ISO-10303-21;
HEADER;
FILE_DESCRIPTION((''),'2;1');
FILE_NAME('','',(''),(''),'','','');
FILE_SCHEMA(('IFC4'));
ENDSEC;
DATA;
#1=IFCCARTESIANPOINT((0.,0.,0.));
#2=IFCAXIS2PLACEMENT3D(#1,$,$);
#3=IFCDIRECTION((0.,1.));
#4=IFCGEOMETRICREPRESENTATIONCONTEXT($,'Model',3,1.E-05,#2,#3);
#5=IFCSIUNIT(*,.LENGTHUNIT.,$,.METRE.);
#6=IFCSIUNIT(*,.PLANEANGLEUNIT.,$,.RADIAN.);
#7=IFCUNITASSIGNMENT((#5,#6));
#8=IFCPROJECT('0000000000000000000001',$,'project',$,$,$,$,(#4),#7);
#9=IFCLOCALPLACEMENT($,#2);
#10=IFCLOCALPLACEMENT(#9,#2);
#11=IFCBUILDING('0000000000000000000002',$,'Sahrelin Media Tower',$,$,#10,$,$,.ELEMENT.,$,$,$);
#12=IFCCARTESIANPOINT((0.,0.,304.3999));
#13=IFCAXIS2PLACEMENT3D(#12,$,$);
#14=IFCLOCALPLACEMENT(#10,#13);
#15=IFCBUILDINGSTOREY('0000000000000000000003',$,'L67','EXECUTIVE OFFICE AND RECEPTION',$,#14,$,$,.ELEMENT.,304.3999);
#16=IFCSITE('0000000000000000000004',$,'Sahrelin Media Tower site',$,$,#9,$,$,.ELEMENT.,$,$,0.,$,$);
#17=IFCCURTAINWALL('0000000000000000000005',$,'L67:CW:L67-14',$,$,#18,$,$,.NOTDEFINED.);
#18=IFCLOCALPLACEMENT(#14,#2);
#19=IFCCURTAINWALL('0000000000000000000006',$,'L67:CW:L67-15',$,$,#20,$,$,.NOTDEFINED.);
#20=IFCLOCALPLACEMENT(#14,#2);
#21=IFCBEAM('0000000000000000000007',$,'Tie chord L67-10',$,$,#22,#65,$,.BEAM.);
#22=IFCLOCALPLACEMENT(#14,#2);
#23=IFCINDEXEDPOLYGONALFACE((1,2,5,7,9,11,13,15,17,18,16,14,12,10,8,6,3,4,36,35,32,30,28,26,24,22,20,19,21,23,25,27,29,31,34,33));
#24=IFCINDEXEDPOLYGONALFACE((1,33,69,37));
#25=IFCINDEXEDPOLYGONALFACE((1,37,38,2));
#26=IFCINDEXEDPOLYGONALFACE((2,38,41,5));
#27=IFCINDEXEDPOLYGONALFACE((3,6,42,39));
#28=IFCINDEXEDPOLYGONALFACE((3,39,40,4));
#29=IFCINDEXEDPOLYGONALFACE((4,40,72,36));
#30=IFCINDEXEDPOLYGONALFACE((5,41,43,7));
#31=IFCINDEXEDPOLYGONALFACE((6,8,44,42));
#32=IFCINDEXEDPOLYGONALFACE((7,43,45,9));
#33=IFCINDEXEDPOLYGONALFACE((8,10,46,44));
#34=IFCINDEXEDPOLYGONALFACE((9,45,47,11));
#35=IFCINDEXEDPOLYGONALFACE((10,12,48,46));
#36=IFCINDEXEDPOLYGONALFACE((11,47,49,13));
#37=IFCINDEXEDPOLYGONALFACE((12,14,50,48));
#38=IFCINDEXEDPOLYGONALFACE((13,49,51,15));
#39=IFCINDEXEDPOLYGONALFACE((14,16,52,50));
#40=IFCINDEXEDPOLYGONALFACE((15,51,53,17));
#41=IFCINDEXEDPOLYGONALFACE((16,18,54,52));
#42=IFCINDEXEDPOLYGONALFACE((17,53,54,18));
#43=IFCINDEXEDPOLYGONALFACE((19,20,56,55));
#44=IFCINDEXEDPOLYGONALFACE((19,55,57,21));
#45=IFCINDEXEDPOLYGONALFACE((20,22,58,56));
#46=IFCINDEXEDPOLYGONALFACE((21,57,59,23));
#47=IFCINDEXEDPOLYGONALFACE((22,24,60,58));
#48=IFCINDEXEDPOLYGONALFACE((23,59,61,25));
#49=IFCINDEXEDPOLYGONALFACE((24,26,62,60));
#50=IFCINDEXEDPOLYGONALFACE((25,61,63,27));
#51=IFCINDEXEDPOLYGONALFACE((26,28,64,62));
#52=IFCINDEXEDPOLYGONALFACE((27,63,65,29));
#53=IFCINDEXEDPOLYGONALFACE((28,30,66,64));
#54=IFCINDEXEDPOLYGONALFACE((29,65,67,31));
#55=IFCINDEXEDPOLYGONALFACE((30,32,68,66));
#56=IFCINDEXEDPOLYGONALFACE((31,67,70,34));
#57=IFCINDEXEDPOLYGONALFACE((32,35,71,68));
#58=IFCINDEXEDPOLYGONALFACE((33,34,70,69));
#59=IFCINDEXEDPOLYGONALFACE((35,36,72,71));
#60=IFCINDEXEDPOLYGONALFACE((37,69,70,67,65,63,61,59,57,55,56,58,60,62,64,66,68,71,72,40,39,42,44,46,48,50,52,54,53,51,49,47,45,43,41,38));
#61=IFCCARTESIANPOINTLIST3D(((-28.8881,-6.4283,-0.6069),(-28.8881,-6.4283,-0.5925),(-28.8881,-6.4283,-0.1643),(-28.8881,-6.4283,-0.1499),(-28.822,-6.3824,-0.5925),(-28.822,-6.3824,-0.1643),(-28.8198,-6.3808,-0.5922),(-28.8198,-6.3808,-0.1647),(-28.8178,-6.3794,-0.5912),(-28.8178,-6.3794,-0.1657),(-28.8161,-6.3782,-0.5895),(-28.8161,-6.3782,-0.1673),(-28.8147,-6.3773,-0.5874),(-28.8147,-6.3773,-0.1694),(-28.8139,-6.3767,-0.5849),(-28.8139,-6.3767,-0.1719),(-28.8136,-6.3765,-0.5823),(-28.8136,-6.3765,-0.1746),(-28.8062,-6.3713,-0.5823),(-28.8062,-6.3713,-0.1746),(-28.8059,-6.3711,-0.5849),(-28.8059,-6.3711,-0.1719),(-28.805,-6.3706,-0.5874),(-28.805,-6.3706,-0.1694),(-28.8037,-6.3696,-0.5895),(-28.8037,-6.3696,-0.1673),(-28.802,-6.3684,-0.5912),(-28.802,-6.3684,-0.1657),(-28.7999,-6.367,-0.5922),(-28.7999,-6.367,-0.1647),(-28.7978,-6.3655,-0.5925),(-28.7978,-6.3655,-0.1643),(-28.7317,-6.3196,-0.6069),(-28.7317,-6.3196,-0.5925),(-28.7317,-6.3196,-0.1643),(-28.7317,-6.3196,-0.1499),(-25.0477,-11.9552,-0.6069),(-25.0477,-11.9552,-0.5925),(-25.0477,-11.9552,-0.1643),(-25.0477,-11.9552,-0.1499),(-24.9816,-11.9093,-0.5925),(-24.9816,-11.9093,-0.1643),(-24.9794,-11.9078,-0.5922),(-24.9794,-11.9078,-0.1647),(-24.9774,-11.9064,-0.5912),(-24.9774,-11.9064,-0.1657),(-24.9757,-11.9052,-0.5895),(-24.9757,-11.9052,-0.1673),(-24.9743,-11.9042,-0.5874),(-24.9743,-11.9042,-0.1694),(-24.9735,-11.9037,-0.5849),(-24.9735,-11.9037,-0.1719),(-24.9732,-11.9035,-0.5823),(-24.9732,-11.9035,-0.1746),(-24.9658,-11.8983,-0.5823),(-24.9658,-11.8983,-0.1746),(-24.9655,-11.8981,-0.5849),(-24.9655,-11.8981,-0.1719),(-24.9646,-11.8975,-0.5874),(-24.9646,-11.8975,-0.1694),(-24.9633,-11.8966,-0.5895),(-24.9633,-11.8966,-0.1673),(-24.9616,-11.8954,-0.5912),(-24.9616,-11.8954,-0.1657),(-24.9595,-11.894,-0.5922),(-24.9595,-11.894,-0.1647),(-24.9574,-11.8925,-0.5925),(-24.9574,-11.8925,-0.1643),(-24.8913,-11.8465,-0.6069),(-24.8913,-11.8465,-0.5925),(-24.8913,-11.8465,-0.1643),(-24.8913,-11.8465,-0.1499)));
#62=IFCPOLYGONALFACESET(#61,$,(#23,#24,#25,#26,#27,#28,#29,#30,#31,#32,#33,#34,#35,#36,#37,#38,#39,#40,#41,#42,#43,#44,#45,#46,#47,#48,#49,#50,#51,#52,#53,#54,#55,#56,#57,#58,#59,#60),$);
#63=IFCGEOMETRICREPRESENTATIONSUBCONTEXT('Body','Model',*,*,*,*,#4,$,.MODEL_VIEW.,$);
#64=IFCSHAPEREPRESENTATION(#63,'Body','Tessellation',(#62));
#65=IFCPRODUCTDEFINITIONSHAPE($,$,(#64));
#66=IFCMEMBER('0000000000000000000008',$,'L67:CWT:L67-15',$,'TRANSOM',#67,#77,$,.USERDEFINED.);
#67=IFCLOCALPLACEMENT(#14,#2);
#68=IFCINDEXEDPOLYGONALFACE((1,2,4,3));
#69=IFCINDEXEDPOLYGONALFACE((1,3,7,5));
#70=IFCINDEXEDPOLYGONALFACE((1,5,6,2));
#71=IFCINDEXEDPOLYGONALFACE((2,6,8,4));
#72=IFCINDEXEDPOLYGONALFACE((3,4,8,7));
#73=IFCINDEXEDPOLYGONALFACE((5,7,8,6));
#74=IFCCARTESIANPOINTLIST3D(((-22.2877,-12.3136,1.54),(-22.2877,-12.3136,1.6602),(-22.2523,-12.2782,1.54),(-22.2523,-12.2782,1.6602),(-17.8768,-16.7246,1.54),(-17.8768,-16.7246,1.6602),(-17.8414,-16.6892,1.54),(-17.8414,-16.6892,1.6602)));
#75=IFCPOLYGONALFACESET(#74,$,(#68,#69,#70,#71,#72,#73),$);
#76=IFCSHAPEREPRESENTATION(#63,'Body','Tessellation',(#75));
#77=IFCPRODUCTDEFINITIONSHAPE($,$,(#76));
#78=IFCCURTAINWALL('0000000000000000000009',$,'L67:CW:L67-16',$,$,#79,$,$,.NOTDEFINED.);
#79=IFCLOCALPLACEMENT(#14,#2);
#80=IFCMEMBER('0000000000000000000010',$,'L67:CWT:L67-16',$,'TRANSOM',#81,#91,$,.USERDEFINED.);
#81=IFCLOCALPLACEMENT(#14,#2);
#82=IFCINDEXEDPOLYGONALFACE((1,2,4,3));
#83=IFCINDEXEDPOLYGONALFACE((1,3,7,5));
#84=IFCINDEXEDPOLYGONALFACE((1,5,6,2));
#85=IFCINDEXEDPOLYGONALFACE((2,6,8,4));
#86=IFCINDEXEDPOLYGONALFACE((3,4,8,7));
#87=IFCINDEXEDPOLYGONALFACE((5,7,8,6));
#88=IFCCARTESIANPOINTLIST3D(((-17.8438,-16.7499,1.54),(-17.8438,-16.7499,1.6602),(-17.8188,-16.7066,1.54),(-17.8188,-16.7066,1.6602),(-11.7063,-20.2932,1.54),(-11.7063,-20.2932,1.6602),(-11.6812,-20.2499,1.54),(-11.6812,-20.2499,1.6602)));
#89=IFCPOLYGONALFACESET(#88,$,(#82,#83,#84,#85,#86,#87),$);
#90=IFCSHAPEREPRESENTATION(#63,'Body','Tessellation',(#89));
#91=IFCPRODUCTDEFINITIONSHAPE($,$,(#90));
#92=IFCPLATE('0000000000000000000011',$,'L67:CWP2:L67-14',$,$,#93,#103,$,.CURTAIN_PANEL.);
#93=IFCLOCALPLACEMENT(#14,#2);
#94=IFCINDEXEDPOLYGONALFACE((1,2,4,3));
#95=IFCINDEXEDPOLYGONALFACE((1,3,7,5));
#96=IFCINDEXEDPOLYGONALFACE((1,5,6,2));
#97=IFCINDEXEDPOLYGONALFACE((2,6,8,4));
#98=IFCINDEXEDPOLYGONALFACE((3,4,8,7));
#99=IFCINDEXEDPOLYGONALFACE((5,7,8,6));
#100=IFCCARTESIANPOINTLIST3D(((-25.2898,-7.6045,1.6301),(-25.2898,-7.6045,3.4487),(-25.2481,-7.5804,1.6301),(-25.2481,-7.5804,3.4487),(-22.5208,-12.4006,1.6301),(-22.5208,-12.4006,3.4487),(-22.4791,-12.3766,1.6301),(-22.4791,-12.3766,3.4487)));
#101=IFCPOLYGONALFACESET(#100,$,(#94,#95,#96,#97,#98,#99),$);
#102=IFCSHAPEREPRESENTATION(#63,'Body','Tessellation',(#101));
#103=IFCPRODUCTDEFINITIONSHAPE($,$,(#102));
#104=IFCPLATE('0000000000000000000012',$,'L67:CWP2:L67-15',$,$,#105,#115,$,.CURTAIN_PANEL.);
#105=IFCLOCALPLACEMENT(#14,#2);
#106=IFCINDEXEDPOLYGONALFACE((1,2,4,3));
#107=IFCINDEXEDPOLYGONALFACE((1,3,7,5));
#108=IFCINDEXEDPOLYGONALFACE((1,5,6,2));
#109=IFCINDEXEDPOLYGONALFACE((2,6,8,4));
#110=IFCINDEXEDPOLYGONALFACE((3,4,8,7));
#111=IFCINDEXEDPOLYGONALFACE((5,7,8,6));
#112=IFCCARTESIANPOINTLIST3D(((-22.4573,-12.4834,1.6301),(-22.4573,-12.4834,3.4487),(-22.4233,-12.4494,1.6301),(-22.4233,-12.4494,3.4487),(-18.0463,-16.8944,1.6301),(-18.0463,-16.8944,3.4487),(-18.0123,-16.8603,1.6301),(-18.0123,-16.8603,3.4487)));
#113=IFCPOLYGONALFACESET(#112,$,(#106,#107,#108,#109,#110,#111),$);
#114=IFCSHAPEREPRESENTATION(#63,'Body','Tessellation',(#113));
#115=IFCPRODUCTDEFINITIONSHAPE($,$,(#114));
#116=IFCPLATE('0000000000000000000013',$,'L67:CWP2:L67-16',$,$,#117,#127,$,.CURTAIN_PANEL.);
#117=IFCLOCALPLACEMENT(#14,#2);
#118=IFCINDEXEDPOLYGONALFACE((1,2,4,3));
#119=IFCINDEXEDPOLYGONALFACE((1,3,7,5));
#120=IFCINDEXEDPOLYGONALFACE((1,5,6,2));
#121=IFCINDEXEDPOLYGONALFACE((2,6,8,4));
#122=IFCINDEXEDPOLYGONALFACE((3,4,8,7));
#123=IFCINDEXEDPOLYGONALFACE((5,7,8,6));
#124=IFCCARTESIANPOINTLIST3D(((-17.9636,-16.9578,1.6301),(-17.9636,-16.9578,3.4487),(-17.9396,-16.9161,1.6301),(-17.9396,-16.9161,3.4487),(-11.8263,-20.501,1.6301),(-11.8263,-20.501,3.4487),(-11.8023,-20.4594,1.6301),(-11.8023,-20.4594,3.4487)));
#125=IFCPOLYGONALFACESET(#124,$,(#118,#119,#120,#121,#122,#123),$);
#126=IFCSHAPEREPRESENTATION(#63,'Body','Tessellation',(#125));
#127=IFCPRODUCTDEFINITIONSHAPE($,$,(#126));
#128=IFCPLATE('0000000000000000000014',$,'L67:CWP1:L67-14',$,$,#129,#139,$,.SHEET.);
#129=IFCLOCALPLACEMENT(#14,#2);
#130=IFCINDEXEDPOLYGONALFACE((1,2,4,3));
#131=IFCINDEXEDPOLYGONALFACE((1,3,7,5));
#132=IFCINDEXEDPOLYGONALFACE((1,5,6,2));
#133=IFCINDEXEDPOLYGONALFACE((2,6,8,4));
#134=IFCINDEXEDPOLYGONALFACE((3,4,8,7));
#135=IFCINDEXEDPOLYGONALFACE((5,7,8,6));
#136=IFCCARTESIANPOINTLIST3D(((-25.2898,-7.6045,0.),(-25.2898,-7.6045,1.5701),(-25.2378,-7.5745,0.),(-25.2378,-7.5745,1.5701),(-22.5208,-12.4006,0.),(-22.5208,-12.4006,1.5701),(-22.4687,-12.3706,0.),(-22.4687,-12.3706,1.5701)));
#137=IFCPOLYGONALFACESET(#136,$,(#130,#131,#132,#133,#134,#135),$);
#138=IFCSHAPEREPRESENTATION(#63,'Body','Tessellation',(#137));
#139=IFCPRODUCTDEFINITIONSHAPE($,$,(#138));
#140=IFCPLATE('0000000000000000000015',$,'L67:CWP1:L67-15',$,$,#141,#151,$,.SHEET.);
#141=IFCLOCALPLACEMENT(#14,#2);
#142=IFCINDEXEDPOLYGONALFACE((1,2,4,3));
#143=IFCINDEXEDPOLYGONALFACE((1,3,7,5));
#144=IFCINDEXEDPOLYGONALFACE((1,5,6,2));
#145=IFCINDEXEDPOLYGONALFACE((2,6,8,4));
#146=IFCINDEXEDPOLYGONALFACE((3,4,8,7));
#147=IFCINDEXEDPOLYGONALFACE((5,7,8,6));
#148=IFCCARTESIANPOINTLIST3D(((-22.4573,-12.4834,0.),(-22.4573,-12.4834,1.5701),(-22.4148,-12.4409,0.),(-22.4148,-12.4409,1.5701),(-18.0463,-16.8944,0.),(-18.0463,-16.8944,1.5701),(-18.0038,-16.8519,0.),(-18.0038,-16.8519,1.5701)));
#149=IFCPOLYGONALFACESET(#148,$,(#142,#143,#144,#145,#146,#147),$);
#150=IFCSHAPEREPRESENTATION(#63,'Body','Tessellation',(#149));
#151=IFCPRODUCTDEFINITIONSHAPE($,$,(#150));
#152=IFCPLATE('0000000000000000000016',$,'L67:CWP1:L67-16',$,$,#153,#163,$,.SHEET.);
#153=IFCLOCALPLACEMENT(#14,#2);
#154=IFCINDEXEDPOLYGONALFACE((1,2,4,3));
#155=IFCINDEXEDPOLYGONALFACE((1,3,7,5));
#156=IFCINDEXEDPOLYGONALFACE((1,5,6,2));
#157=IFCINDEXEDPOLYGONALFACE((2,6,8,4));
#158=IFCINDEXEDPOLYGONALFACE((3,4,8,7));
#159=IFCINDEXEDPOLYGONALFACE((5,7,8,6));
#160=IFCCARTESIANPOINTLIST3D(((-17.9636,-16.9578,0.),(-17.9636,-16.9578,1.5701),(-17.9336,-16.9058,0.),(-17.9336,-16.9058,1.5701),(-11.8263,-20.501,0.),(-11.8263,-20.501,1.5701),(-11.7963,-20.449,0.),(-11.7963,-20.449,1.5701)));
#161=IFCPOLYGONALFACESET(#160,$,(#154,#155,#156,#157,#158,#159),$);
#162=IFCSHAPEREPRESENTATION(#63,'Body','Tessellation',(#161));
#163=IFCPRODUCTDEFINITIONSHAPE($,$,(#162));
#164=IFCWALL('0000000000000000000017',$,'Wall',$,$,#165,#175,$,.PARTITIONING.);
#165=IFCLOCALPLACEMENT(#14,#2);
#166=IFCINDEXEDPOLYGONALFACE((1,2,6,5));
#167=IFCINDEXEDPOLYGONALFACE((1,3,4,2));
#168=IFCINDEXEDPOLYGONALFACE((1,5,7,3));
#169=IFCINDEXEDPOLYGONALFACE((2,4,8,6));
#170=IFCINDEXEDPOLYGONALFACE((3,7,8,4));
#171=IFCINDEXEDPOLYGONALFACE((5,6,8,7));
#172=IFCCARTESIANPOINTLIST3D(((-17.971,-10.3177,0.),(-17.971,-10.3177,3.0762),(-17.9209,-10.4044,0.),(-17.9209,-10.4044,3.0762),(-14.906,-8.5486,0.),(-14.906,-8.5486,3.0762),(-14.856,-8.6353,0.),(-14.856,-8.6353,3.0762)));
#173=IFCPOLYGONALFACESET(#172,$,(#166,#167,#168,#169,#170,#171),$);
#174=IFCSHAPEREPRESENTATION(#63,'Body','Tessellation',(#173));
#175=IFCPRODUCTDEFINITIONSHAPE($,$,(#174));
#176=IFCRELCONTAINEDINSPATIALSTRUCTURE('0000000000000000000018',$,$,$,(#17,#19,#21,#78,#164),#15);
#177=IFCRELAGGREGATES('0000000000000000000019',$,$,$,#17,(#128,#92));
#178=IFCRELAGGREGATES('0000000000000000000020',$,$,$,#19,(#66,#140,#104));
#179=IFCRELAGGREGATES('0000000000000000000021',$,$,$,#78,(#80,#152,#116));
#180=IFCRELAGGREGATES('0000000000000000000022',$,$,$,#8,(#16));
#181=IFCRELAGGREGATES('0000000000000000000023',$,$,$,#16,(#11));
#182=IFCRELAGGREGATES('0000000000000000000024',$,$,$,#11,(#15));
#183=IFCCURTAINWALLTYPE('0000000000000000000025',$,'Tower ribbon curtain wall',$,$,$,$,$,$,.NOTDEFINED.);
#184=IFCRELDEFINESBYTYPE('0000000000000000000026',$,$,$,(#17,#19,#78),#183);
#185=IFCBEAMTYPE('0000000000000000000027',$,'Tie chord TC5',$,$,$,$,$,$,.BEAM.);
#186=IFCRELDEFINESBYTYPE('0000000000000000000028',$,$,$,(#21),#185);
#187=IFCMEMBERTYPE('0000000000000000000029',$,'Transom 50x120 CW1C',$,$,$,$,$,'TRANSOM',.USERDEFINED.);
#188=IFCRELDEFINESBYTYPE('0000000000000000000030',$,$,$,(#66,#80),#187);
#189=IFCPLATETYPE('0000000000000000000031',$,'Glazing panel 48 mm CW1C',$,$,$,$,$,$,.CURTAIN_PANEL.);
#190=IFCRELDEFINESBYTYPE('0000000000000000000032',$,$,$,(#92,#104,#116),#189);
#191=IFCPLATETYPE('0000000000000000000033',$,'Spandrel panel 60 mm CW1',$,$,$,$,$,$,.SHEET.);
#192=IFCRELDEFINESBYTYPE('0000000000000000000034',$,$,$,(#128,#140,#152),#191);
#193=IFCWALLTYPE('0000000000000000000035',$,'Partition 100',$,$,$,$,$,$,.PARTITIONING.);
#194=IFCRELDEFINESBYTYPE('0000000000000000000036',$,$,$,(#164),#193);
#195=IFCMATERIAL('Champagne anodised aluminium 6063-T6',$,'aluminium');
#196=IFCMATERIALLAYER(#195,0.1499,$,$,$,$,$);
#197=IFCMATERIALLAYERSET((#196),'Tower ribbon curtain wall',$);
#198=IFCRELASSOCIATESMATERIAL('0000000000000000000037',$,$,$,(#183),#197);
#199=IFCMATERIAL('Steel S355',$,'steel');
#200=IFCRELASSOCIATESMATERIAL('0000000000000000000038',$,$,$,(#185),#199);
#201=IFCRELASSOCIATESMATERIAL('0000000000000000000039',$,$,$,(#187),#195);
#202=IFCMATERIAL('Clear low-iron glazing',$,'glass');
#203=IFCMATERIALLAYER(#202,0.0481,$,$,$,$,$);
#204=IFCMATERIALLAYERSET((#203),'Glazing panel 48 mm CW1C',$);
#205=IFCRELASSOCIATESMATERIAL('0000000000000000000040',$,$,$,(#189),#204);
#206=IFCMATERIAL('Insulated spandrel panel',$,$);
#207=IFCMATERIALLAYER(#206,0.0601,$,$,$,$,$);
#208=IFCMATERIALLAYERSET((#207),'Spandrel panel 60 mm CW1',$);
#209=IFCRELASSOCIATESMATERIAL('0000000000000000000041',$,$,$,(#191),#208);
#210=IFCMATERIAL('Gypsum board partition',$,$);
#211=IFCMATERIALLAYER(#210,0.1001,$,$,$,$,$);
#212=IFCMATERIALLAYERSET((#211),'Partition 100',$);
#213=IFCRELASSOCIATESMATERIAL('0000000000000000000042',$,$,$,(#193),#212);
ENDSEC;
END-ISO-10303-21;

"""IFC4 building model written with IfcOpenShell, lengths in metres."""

from ifc_helpers import new_model, si_unit, direction, frame, frame_2d, origin, origin_2d, place, context, subcontext, project, spatial, polyline, rectangle, i_section, outline, extrude, material, layer, layer_set, material_profile, profile_set, type_object, element, aggregate, save


model = new_model("IFC4")

# Units and contexts
model_context = context("Model", 3, precision=1e-05, world=origin(), true_north=direction((0.0, 1.0)))
body_context = subcontext(model_context, "Body", "Model", "MODEL_VIEW")
ifc_project = project(units=[si_unit("LENGTHUNIT", "METRE"), si_unit("PLANEANGLEUNIT", "RADIAN")], contexts=[model_context])

# Site, building, storey
site_placement = place(None, origin())
site = spatial("IfcSite", under=ifc_project, at=site_placement, Name="Sahrelin Media Tower site", CompositionType="ELEMENT", RefElevation=0.0)
building_placement = place(site_placement, origin())
building = spatial("IfcBuilding", under=site, at=building_placement, Name="Sahrelin Media Tower", CompositionType="ELEMENT")
storey_placement = place(building_placement, frame((0.0, 0.0, 304.3999)))
storey = spatial("IfcBuildingStorey", under=building, at=storey_placement, Name="L67", Description="EXECUTIVE OFFICE AND RECEPTION", CompositionType="ELEMENT", Elevation=304.3999)

# Shared definitions
ifc_material_1 = material(Name="Steel S355", Category="steel")

# Curtain walls
ifc_material_2 = material(Name="Champagne anodised aluminium 6063-T6", Category="aluminium")
ifc_layer_1 = layer(ifc_material_2, 0.1499)
ifc_layer_set_1 = layer_set([ifc_layer_1], Name="Tower ribbon curtain wall")
curtain_wall_type = type_object("IfcCurtainWallType", Name="Tower ribbon curtain wall", PredefinedType="NOTDEFINED", material=ifc_layer_set_1)
curtain_wall_1_placement = place(storey_placement, frame((-23.8882, -9.9924, 0.0), z_axis=(0.0, 0.0, 1.0), x_axis=(1.0, 0.0, 0.0)))
curtain_wall_1 = element("IfcCurtainWall", 1, at=curtain_wall_1_placement, inside=storey, type_object=curtain_wall_type, Name="L67:CW:L67-14", PredefinedType="NOTDEFINED")
curtain_wall_2_placement = place(storey_placement, frame((-20.2378, -14.6746, 0.0), z_axis=(0.0, 0.0, 1.0), x_axis=(1.0, 0.0, 0.0)))
curtain_wall_2 = element("IfcCurtainWall", 2, at=curtain_wall_2_placement, inside=storey, type_object=curtain_wall_type, Name="L67:CW:L67-15", PredefinedType="NOTDEFINED")

# Beam
ifc_material_profile_1 = material_profile(ifc_material_1, i_section(OverallWidth=0.1904, OverallDepth=0.457, WebThickness=0.009, FlangeThickness=0.0144, FilletRadius=0.0103, at=origin_2d()), Name="UB 457x191x74")
ifc_profile_set_1 = profile_set([ifc_material_profile_1], Name="Steel S355")
beam_type_1 = type_object("IfcBeamType", Name="Tie chord TC5", PredefinedType="BEAM", material=ifc_profile_set_1)
beam_1_placement = place(storey_placement, frame((-24.9695, -11.9009, -0.3784), z_axis=(-0.57062, 0.821214, 0.0), x_axis=(-0.821214, -0.57062, 0.0)))
element("IfcBeam", 3, at=beam_1_placement, inside=storey, type_object=beam_type_1, Name="Tie chord L67-10", PredefinedType="BEAM", context=body_context, shape_type="SweptSolid", body=[
    extrude(i_section(OverallWidth=0.1904, OverallDepth=0.457, WebThickness=0.009, FlangeThickness=0.0144, FilletRadius=0.0103, at=origin_2d()), origin(), (0.0, 0.0, 1.0), 6.7302),
])

# Member
ifc_material_profile_2 = material_profile(ifc_material_2, rectangle(XDim=0.05, YDim=0.1201, at=origin_2d()), Name="Transom 50x120")
ifc_profile_set_2 = profile_set([ifc_material_profile_2], Name="Champagne anodised aluminium 6063-T6")
member_type_1 = type_object("IfcMemberType", Name="Transom 50x120 CW1C", ElementType="TRANSOM", PredefinedType="USERDEFINED", material=ifc_profile_set_2)
member_1_placement = place(storey_placement, frame((-22.27, -12.2959, 1.6001), z_axis=(0.707107, -0.707107, 0.0), x_axis=(0.707107, 0.707107, 0.0)))
member_1 = element("IfcMember", 4, at=member_1_placement, type_object=member_type_1, Name="L67:CWT:L67-15", ObjectType="TRANSOM", PredefinedType="USERDEFINED", context=body_context, shape_type="SweptSolid", body=[
    extrude(rectangle(XDim=0.05, YDim=0.1201, at=origin_2d()), origin(), (0.0, 0.0, 1.0), 6.238),
])

# Curtain wall, member
curtain_wall_3_placement = place(storey_placement, frame((-14.885, -18.7122, 0.0), z_axis=(0.0, 0.0, 1.0), x_axis=(1.0, 0.0, 0.0)))
curtain_wall_3 = element("IfcCurtainWall", 5, at=curtain_wall_3_placement, inside=storey, type_object=curtain_wall_type, Name="L67:CW:L67-16", PredefinedType="NOTDEFINED")
member_2_placement = place(storey_placement, frame((-17.8313, -16.7283, 1.6001), z_axis=(0.86604, -0.499974, 0.0), x_axis=(0.499974, 0.86604, 0.0)))
member_2 = element("IfcMember", 6, at=member_2_placement, type_object=member_type_1, Name="L67:CWT:L67-16", ObjectType="TRANSOM", PredefinedType="USERDEFINED", context=body_context, shape_type="SweptSolid", body=[
    extrude(rectangle(XDim=0.05, YDim=0.1201, at=origin_2d()), origin(), (0.0, 0.0, 1.0), 7.0869),
])

# Plates
ifc_material_3 = material(Name="Clear low-iron glazing", Category="glass")
ifc_layer_2 = layer(ifc_material_3, 0.0481)
ifc_layer_set_2 = layer_set([ifc_layer_2], Name="Glazing panel 48 mm CW1C")
plate_type_1 = type_object("IfcPlateType", Name="Glazing panel 48 mm CW1C", PredefinedType="CURTAIN_PANEL", material=ifc_layer_set_2)
plate_1_placement = place(storey_placement, frame((-25.2898, -7.6045, 1.6301), z_axis=(-0.866026, -0.499998, 0.0), x_axis=(0.499998, -0.866026, 0.0)))
plate_1 = element("IfcPlate", 7, at=plate_1_placement, type_object=plate_type_1, Name="L67:CWP2:L67-14", PredefinedType="CURTAIN_PANEL", context=body_context, shape_type="SweptSolid", body=[
    extrude(outline(polyline([(0.0, 0.0), (5.5381, 0.0), (5.5381, 1.8186), (0.0, 1.8186), (0.0, 0.0)])), origin(), (0.0, 0.0, -1.0), 0.0481),
])
plate_2_placement = place(storey_placement, frame((-22.4573, -12.4834, 1.6301), z_axis=(-0.707107, -0.707107, 0.0), x_axis=(0.707107, -0.707107, 0.0)))
plate_2 = element("IfcPlate", 8, at=plate_2_placement, type_object=plate_type_1, Name="L67:CWP2:L67-15", PredefinedType="CURTAIN_PANEL", context=body_context, shape_type="SweptSolid", body=[
    extrude(outline(polyline([(0.0, 0.0), (6.238, 0.0), (6.238, 1.8186), (0.0, 1.8186), (0.0, 0.0)])), origin(), (0.0, 0.0, -1.0), 0.0481),
])
plate_3_placement = place(storey_placement, frame((-17.9636, -16.9578, 1.6301), z_axis=(-0.499989, -0.866032, 0.0), x_axis=(0.866032, -0.499989, 0.0)))
plate_3 = element("IfcPlate", 9, at=plate_3_placement, type_object=plate_type_1, Name="L67:CWP2:L67-16", PredefinedType="CURTAIN_PANEL", context=body_context, shape_type="SweptSolid", body=[
    extrude(outline(polyline([(0.0, 0.0), (7.0867, 0.0), (7.0867, 1.8186), (0.0, 1.8186), (0.0, 0.0)])), origin(), (0.0, 0.0, -1.0), 0.0481),
])
ifc_material_4 = material(Name="Insulated spandrel panel")
ifc_layer_3 = layer(ifc_material_4, 0.0601)
ifc_layer_set_3 = layer_set([ifc_layer_3], Name="Spandrel panel 60 mm CW1")
plate_type_2 = type_object("IfcPlateType", Name="Spandrel panel 60 mm CW1", PredefinedType="SHEET", material=ifc_layer_set_3)
plate_4_placement = place(storey_placement, frame((-25.2898, -7.6045, 0.0), z_axis=(-0.866026, -0.499998, 0.0), x_axis=(0.499998, -0.866026, 0.0)))
plate_4 = element("IfcPlate", 10, at=plate_4_placement, type_object=plate_type_2, Name="L67:CWP1:L67-14", PredefinedType="SHEET", context=body_context, shape_type="SweptSolid", body=[
    extrude(outline(polyline([(0.0, 0.0), (5.5381, 0.0), (5.5381, 1.5701), (0.0, 1.5701), (0.0, 0.0)])), origin(), (0.0, 0.0, -1.0), 0.0601),
])
aggregate(curtain_wall_1, [plate_4, plate_1])
plate_5_placement = place(storey_placement, frame((-22.4573, -12.4834, 0.0), z_axis=(-0.707107, -0.707107, 0.0), x_axis=(0.707107, -0.707107, 0.0)))
plate_5 = element("IfcPlate", 11, at=plate_5_placement, type_object=plate_type_2, Name="L67:CWP1:L67-15", PredefinedType="SHEET", context=body_context, shape_type="SweptSolid", body=[
    extrude(outline(polyline([(0.0, 0.0), (6.238, 0.0), (6.238, 1.5701), (0.0, 1.5701), (0.0, 0.0)])), origin(), (0.0, 0.0, -1.0), 0.0601),
])
aggregate(curtain_wall_2, [member_1, plate_5, plate_2])
plate_6_placement = place(storey_placement, frame((-17.9636, -16.9578, 0.0), z_axis=(-0.499989, -0.866032, 0.0), x_axis=(0.866032, -0.499989, 0.0)))
plate_6 = element("IfcPlate", 12, at=plate_6_placement, type_object=plate_type_2, Name="L67:CWP1:L67-16", PredefinedType="SHEET", context=body_context, shape_type="SweptSolid", body=[
    extrude(outline(polyline([(0.0, 0.0), (7.0867, 0.0), (7.0867, 1.5701), (0.0, 1.5701), (0.0, 0.0)])), origin(), (0.0, 0.0, -1.0), 0.0601),
])
aggregate(curtain_wall_3, [member_2, plate_6, plate_3])

# Wall
ifc_material_5 = material(Name="Gypsum board partition")
ifc_layer_4 = layer(ifc_material_5, 0.1001)
ifc_layer_set_4 = layer_set([ifc_layer_4], Name="Partition 100")
wall_type = type_object("IfcWallType", Name="Partition 100", PredefinedType="PARTITIONING", material=ifc_layer_set_4)
wall_placement = place(storey_placement, frame((-17.946, -10.3611, 0.0), z_axis=(0.0, 0.0, 1.0), x_axis=(0.866087, 0.499894, 0.0)))
element("IfcWall", 13, at=wall_placement, inside=storey, type_object=wall_type, Name="Wall", PredefinedType="PARTITIONING", context=body_context, shape_type="SweptSolid", body=[
    extrude(rectangle(XDim=3.5388, YDim=0.1001, at=frame_2d((1.7695, 0.0))), origin(), (0.0, 0.0, 1.0), 3.0762),
])

save(model, "model.ifc")
